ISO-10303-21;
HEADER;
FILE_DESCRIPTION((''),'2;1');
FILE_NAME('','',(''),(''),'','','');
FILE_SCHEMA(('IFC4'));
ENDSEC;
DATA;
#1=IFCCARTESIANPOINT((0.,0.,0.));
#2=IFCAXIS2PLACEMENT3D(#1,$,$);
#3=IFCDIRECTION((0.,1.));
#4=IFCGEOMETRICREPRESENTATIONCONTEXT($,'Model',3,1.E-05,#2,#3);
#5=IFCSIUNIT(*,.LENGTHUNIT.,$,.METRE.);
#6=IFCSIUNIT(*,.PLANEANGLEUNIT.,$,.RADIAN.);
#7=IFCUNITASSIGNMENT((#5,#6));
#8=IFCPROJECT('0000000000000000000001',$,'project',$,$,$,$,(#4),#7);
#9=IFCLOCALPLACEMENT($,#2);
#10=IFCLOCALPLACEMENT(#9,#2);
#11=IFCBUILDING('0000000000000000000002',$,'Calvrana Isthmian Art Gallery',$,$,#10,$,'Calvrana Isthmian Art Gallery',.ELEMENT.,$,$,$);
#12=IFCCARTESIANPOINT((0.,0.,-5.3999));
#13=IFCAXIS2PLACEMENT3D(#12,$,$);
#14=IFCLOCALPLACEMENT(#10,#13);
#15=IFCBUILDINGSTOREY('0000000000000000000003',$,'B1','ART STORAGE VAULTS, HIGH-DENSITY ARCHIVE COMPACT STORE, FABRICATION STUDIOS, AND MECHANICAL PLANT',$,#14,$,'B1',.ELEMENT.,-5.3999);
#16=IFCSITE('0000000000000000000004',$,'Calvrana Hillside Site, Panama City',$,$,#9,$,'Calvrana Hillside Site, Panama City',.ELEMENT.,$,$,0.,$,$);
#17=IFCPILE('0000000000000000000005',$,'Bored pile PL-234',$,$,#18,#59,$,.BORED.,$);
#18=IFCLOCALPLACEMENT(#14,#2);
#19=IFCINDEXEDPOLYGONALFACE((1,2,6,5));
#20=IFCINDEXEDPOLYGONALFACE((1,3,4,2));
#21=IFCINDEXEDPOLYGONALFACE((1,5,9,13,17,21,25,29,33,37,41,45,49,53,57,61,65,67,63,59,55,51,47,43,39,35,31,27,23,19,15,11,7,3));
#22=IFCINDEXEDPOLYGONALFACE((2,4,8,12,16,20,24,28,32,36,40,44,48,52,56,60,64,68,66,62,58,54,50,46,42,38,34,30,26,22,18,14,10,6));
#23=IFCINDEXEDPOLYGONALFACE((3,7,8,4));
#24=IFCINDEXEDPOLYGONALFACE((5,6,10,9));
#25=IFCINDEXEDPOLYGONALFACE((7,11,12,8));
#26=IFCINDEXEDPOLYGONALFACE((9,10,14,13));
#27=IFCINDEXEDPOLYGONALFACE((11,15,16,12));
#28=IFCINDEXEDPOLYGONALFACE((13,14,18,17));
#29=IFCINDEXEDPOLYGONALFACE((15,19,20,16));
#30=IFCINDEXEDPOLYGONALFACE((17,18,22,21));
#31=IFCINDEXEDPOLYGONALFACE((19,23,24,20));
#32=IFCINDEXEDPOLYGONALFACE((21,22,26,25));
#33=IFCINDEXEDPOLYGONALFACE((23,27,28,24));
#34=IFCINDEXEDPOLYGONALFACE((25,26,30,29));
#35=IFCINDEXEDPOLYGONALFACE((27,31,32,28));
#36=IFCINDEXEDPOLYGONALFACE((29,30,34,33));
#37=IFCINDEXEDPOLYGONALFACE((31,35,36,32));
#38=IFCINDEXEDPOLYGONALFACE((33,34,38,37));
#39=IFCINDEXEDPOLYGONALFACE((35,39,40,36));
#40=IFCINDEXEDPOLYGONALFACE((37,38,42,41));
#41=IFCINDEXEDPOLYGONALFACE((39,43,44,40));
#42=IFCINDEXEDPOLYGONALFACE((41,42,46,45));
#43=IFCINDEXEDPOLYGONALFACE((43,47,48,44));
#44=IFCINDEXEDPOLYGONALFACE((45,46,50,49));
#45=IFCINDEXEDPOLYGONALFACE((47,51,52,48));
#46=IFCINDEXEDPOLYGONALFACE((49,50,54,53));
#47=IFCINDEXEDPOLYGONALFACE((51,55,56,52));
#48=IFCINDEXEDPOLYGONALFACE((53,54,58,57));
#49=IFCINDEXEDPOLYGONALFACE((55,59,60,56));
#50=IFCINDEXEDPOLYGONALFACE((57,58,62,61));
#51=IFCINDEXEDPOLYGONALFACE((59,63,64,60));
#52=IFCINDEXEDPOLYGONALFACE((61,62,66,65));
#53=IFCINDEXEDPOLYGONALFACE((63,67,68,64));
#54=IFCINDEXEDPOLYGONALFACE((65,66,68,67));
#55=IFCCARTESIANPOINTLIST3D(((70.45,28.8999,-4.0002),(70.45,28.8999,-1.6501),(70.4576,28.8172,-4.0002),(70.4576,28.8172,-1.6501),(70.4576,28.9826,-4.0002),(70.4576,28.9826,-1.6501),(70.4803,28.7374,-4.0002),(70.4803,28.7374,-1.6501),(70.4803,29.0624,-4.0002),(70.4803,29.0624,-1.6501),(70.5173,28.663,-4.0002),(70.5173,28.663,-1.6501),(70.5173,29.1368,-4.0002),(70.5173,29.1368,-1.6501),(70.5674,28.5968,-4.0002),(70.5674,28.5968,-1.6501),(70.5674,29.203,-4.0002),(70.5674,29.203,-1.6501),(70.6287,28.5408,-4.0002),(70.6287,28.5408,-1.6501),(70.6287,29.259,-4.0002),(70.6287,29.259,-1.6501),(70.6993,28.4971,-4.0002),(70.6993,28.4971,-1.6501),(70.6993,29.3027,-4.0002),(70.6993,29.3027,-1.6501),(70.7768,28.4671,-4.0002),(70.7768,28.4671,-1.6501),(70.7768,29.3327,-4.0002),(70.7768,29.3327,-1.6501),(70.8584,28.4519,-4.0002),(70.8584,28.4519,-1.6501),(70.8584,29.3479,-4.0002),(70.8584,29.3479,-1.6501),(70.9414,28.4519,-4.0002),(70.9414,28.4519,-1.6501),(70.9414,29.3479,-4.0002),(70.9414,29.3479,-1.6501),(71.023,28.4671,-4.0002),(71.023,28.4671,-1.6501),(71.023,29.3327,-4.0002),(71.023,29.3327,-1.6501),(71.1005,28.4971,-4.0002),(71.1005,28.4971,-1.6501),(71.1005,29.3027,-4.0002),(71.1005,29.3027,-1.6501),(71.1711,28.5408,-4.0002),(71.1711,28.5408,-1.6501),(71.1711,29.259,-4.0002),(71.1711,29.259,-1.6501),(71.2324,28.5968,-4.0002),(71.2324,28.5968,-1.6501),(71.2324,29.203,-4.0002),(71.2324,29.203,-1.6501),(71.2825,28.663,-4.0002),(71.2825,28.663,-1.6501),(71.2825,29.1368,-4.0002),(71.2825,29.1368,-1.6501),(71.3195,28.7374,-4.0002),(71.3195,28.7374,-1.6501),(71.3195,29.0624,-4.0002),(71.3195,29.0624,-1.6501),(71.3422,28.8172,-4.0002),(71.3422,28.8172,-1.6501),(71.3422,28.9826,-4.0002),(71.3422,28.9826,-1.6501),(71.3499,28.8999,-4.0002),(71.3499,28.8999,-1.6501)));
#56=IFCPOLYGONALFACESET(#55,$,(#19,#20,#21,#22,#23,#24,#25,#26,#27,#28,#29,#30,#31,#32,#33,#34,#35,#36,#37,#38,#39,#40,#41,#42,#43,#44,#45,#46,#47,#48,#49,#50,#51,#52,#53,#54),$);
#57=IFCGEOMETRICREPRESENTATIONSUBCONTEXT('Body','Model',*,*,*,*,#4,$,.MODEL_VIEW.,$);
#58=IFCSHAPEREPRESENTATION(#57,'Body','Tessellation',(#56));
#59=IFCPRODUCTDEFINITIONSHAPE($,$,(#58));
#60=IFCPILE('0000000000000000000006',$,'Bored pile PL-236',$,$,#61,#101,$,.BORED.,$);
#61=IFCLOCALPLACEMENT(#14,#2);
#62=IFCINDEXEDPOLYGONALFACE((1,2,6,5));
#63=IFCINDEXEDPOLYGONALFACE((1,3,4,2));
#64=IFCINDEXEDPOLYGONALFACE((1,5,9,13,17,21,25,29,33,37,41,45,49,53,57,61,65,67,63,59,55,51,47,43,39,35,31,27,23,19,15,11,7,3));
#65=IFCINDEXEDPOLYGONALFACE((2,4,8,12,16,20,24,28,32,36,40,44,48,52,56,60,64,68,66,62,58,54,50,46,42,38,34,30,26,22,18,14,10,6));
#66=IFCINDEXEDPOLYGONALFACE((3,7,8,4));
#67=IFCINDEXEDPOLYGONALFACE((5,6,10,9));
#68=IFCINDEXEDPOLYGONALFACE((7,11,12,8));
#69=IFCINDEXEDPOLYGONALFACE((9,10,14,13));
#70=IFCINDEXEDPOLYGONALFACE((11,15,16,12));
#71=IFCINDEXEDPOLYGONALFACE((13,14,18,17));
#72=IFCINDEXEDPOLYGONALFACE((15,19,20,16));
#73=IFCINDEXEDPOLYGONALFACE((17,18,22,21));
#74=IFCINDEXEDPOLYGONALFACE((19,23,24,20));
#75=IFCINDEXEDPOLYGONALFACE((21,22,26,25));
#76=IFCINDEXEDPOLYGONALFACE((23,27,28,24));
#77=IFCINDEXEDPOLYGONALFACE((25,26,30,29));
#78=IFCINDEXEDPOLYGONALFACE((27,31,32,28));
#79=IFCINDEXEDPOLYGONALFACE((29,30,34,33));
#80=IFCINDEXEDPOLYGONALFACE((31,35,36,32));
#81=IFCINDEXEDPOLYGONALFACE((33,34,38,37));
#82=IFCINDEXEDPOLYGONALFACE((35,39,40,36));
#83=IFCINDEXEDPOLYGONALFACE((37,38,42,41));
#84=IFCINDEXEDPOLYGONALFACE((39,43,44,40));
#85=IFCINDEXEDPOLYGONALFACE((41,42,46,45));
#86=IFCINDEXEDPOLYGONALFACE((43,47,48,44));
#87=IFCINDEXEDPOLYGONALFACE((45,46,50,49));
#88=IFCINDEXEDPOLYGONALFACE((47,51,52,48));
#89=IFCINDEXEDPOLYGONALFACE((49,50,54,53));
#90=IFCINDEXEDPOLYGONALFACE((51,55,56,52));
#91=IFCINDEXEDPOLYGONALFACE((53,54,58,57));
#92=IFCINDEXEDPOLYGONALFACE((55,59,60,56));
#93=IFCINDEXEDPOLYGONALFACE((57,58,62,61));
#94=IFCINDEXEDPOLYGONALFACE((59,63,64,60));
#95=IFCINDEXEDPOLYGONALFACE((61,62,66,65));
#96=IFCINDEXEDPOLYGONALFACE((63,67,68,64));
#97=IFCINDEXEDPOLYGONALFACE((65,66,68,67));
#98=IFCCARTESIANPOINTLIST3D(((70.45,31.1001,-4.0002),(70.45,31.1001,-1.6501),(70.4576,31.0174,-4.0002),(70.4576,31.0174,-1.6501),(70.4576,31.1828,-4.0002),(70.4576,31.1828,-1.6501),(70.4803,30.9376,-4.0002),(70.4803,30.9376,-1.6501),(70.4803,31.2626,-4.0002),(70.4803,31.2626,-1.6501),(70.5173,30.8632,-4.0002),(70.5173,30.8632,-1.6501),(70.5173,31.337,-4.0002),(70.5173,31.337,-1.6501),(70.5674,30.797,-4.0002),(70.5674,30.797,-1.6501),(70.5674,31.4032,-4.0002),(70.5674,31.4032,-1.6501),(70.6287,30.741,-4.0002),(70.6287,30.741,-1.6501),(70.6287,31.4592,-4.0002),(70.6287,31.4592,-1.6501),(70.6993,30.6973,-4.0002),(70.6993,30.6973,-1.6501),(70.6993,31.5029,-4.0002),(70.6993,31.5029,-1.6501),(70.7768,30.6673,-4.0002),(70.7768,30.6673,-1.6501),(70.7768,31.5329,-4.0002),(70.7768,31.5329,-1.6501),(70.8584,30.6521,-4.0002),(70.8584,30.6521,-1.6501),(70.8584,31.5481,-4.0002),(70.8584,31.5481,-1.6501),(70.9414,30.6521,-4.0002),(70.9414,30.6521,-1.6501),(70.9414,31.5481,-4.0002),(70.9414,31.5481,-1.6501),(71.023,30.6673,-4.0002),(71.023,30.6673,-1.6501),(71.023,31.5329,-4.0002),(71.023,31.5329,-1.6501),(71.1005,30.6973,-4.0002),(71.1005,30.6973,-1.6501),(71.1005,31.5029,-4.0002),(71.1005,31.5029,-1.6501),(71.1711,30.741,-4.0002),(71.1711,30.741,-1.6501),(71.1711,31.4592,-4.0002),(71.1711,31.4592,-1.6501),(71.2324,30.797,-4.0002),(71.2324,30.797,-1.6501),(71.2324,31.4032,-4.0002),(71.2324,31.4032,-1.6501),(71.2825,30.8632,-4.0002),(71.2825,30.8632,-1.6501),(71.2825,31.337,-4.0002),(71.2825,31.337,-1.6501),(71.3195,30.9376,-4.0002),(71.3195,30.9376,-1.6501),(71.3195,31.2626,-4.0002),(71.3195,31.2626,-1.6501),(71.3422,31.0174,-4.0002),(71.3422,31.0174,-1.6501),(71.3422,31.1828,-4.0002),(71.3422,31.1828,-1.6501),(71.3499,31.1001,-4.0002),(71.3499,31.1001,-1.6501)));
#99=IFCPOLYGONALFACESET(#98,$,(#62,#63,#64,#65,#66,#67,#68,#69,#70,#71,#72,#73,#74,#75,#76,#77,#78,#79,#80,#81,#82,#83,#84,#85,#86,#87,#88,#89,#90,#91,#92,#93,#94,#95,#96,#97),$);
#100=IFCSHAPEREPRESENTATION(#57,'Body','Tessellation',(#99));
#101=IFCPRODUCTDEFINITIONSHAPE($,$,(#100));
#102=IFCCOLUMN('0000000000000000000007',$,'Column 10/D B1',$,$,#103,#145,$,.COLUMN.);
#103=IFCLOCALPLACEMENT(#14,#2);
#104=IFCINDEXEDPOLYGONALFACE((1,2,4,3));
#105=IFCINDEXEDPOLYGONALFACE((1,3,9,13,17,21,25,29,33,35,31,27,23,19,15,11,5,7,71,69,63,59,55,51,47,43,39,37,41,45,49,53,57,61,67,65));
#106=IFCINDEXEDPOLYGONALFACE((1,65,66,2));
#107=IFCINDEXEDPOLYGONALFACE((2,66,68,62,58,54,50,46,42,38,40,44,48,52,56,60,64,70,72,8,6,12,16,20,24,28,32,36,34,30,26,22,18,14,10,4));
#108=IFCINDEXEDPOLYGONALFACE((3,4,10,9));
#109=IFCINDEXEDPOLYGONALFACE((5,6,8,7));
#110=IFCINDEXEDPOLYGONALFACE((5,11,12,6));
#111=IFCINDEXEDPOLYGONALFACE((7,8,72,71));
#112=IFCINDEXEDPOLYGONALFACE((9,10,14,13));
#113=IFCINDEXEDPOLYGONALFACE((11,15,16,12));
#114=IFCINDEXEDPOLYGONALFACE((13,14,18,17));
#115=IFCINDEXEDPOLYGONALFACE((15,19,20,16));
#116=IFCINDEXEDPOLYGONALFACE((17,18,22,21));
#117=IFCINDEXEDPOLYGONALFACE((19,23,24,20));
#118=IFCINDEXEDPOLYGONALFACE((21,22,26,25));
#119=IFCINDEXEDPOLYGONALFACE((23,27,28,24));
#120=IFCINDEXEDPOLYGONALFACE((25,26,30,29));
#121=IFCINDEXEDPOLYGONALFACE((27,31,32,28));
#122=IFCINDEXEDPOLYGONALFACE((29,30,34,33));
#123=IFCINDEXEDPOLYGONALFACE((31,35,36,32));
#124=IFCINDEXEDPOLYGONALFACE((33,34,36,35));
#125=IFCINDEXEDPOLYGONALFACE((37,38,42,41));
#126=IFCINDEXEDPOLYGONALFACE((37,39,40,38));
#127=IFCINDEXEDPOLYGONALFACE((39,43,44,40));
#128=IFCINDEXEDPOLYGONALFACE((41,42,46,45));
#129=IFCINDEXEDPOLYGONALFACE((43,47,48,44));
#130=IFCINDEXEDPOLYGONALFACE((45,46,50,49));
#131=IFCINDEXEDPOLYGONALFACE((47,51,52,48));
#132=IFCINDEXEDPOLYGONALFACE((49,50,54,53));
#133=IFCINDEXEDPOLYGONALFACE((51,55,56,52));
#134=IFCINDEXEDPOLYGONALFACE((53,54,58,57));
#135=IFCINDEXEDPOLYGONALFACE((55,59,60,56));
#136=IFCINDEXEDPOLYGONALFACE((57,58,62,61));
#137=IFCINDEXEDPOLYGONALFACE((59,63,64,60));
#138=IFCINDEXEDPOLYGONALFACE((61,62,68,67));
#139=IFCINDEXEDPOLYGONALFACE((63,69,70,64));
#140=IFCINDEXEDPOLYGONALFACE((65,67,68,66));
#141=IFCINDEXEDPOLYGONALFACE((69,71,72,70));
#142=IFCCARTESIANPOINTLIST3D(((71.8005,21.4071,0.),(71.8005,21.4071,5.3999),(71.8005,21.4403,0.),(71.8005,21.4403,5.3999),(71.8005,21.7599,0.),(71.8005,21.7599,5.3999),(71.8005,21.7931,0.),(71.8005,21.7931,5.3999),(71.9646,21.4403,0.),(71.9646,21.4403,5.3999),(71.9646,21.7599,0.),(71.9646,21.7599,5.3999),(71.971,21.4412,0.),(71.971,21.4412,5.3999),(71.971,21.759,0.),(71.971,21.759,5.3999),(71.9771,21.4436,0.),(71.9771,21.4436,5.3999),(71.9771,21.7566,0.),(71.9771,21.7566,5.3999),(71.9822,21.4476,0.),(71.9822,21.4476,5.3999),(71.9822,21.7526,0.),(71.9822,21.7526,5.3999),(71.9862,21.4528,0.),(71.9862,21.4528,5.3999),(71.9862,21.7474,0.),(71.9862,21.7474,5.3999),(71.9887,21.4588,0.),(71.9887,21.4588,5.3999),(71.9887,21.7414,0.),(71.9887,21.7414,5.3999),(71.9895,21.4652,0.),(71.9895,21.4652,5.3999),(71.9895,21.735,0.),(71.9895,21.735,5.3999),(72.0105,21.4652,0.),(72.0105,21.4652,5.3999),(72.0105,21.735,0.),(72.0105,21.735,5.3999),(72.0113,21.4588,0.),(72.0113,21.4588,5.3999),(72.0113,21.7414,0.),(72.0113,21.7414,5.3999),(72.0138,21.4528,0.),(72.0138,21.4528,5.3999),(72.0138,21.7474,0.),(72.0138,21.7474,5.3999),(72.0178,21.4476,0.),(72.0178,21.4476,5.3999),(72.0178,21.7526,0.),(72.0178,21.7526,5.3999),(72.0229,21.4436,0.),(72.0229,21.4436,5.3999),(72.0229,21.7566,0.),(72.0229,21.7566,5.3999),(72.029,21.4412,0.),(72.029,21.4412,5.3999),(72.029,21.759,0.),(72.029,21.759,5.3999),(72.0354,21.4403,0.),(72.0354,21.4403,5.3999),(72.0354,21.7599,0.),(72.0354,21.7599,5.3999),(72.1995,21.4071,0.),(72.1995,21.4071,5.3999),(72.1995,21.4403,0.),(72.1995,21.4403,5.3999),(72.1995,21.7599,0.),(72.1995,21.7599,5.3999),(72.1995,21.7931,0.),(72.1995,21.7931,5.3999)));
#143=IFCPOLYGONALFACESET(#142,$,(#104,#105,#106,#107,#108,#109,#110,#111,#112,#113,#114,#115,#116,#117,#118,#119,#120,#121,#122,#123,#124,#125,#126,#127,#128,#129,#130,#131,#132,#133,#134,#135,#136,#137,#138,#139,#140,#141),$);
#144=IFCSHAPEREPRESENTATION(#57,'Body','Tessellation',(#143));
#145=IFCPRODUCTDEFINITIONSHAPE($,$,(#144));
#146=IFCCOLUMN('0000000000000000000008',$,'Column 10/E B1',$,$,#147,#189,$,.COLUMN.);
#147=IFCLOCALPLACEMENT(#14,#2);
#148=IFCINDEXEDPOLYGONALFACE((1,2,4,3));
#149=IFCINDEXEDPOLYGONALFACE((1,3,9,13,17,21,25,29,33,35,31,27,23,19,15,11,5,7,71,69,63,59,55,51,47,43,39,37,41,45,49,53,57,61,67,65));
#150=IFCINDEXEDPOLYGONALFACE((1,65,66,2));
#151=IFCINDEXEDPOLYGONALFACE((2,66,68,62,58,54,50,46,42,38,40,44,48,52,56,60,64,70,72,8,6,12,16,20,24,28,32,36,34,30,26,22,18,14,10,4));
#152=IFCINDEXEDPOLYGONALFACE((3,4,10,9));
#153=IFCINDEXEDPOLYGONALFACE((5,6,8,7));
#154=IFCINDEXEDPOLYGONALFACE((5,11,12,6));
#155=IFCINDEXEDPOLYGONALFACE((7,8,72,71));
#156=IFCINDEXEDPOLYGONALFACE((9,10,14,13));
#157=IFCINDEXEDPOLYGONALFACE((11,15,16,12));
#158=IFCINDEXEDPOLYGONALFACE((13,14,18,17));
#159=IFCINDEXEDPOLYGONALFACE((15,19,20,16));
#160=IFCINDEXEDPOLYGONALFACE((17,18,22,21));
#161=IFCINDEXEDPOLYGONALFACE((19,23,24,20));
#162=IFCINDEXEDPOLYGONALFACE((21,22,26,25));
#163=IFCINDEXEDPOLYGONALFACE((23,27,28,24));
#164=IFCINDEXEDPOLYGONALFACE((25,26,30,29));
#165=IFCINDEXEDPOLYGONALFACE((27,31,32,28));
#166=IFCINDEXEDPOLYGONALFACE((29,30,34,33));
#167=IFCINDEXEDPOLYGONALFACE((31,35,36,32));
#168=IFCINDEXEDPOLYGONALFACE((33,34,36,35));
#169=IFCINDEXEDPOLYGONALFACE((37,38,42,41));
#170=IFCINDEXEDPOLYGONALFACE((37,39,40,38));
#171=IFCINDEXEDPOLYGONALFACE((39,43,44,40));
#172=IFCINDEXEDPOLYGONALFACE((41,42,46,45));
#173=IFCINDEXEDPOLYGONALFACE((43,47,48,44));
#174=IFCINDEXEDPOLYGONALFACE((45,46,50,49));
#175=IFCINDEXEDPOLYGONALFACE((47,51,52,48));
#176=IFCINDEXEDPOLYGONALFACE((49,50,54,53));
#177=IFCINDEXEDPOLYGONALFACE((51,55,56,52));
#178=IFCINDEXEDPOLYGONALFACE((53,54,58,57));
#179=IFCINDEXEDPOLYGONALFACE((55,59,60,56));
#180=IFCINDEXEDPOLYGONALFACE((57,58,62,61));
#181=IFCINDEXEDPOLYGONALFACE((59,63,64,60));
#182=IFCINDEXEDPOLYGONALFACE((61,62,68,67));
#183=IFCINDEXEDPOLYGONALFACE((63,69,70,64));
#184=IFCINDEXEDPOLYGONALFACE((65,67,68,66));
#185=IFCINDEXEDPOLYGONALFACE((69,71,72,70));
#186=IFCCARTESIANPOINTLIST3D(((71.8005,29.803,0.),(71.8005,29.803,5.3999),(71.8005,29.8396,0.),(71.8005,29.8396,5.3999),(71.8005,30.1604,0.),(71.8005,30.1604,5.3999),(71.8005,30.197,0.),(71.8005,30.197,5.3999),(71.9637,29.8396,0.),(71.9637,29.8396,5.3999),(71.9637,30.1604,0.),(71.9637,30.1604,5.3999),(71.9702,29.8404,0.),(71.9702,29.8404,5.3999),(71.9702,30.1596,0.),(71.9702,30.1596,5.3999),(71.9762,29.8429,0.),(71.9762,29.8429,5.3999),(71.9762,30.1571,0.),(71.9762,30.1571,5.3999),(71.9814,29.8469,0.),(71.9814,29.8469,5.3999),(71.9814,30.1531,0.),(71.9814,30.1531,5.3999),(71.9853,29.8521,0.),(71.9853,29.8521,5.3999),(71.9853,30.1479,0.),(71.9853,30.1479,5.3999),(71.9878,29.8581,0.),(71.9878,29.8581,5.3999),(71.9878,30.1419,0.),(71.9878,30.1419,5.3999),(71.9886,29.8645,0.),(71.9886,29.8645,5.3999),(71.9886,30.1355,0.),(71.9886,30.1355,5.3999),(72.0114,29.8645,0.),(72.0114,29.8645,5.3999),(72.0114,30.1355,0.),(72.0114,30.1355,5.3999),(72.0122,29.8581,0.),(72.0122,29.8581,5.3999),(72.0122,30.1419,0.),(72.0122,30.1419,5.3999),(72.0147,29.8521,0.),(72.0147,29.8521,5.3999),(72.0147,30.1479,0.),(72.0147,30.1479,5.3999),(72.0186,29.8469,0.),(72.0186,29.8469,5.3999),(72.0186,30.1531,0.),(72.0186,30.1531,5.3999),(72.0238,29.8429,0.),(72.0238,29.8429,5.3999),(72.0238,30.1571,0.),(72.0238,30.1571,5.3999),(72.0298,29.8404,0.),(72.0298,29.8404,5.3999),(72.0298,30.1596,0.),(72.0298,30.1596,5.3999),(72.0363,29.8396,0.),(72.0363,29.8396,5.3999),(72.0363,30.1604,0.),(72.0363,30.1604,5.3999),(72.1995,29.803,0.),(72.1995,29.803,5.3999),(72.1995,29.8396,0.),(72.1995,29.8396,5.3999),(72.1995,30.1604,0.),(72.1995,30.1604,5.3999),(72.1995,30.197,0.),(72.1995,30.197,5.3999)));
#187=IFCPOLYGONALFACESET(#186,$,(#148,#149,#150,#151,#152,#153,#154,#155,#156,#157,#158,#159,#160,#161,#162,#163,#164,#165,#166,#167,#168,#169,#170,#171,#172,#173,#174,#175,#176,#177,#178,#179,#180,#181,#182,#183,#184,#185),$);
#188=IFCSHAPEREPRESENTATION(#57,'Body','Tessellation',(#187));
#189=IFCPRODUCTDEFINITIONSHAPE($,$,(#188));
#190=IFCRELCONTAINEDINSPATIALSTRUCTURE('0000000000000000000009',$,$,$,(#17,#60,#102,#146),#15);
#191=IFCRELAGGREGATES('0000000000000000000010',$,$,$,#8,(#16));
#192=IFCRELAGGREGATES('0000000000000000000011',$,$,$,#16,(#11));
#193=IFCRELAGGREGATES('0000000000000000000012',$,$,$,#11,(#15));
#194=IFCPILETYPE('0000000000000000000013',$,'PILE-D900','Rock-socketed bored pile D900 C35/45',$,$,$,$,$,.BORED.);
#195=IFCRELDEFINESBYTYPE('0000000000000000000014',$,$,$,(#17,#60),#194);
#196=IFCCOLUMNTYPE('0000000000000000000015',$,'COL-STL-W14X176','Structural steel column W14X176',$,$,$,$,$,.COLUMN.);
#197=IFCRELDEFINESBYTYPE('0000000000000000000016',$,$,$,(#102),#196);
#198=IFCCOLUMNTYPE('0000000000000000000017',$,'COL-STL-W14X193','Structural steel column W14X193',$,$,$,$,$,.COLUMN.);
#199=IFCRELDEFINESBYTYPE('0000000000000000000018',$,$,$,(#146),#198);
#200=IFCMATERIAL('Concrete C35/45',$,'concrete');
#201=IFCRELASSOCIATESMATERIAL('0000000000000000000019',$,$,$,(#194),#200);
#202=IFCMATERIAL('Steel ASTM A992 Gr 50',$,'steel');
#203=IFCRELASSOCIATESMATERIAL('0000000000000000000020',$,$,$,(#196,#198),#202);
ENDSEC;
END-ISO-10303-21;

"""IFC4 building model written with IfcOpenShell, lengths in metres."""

from ifc_helpers import new_model, si_unit, direction, frame, origin, origin_2d, place, context, subcontext, project, spatial, circle, i_section, extrude, material, material_profile, profile_set, type_object, element, save


model = new_model("IFC4")

# Units and contexts
model_context = context("Model", 3, precision=1e-05, world=origin(), true_north=direction((0.0, 1.0)))
body_context = subcontext(model_context, "Body", "Model", "MODEL_VIEW")
ifc_project = project(units=[si_unit("LENGTHUNIT", "METRE"), si_unit("PLANEANGLEUNIT", "RADIAN")], contexts=[model_context])

# Site, building, storey
site_placement = place(None, origin())
site = spatial("IfcSite", under=ifc_project, at=site_placement, Name="Calvrana Hillside Site, Panama City", LongName="Calvrana Hillside Site, Panama City", CompositionType="ELEMENT", RefElevation=0.0)
building_placement = place(site_placement, origin())
building = spatial("IfcBuilding", under=site, at=building_placement, Name="Calvrana Isthmian Art Gallery", LongName="Calvrana Isthmian Art Gallery", CompositionType="ELEMENT")
storey_placement = place(building_placement, frame((0.0, 0.0, -5.3999)))
storey = spatial("IfcBuildingStorey", under=building, at=storey_placement, Name="B1", Description="ART STORAGE VAULTS, HIGH-DENSITY ARCHIVE COMPACT STORE, FABRICATION STUDIOS, AND MECHANICAL PLANT", LongName="B1", CompositionType="ELEMENT", Elevation=-5.3999)

# Shared definitions
ifc_material_1 = material(Name="Concrete C35/45", Category="concrete")

# Piles
ifc_material_profile_1 = material_profile(ifc_material_1, circle(Radius=0.45, at=origin_2d()), Name="PILE900D")
ifc_profile_set_1 = profile_set([ifc_material_profile_1], Name="Concrete C35/45")
pile_type_1 = type_object("IfcPileType", Name="PILE-D900", Description="Rock-socketed bored pile D900 C35/45", PredefinedType="BORED", material=ifc_profile_set_1)
for number, where, z_axis, x_axis, name in (
    (1, (70.8999, 28.8999, -1.6501), (0.0, 0.0, -1.0), (1.0, 0.0, 0.0), "Bored pile PL-234"),
    (2, (70.8999, 31.1001, -1.6501), (0.0, 0.0, -1.0), (1.0, 0.0, 0.0), "Bored pile PL-236"),
):
    element("IfcPile", number, at=place(storey_placement, frame(where, z_axis=z_axis, x_axis=x_axis)), inside=storey, type_object=pile_type_1, Name=name, PredefinedType="BORED", context=body_context, shape_type="SweptSolid", body=[
        extrude(circle(Radius=0.45, at=origin_2d()), origin(), (0.0, 0.0, 1.0), 2.3501),
    ])

# Columns
ifc_material_2 = material(Name="Steel ASTM A992 Gr 50", Category="steel")
ifc_material_profile_2 = material_profile(ifc_material_2, i_section(OverallWidth=0.3989, OverallDepth=0.386, WebThickness=0.021, FlangeThickness=0.0332, FilletRadius=0.0249, at=origin_2d()), Name="W14X176")
ifc_profile_set_2 = profile_set([ifc_material_profile_2], Name="Steel ASTM A992 Gr 50")
column_type_1 = type_object("IfcColumnType", Name="COL-STL-W14X176", Description="Structural steel column W14X176", PredefinedType="COLUMN", material=ifc_profile_set_2)
column_1_placement = place(storey_placement, frame((72.0, 21.6001, 0.0), z_axis=(0.0, 0.0, 1.0), x_axis=(1.0, 0.0, 0.0)))
element("IfcColumn", 3, at=column_1_placement, inside=storey, type_object=column_type_1, Name="Column 10/D B1", PredefinedType="COLUMN", context=body_context, shape_type="SweptSolid", body=[
    extrude(i_section(OverallWidth=0.3989, OverallDepth=0.386, WebThickness=0.021, FlangeThickness=0.0332, FilletRadius=0.0249, at=origin_2d()), origin(), (0.0, 0.0, 1.0), 5.3999),
])
ifc_material_profile_3 = material_profile(ifc_material_2, i_section(OverallWidth=0.3989, OverallDepth=0.394, WebThickness=0.0227, FlangeThickness=0.0366, FilletRadius=0.0249, at=origin_2d()), Name="W14X193")
ifc_profile_set_3 = profile_set([ifc_material_profile_3], Name="Steel ASTM A992 Gr 50")
column_type_2 = type_object("IfcColumnType", Name="COL-STL-W14X193", Description="Structural steel column W14X193", PredefinedType="COLUMN", material=ifc_profile_set_3)
column_2_placement = place(storey_placement, frame((72.0, 30.0, 0.0), z_axis=(0.0, 0.0, 1.0), x_axis=(1.0, 0.0, 0.0)))
element("IfcColumn", 4, at=column_2_placement, inside=storey, type_object=column_type_2, Name="Column 10/E B1", PredefinedType="COLUMN", context=body_context, shape_type="SweptSolid", body=[
    extrude(i_section(OverallWidth=0.3989, OverallDepth=0.394, WebThickness=0.0227, FlangeThickness=0.0366, FilletRadius=0.0249, at=origin_2d()), origin(), (0.0, 0.0, 1.0), 5.3999),
])

save(model, "model.ifc")
